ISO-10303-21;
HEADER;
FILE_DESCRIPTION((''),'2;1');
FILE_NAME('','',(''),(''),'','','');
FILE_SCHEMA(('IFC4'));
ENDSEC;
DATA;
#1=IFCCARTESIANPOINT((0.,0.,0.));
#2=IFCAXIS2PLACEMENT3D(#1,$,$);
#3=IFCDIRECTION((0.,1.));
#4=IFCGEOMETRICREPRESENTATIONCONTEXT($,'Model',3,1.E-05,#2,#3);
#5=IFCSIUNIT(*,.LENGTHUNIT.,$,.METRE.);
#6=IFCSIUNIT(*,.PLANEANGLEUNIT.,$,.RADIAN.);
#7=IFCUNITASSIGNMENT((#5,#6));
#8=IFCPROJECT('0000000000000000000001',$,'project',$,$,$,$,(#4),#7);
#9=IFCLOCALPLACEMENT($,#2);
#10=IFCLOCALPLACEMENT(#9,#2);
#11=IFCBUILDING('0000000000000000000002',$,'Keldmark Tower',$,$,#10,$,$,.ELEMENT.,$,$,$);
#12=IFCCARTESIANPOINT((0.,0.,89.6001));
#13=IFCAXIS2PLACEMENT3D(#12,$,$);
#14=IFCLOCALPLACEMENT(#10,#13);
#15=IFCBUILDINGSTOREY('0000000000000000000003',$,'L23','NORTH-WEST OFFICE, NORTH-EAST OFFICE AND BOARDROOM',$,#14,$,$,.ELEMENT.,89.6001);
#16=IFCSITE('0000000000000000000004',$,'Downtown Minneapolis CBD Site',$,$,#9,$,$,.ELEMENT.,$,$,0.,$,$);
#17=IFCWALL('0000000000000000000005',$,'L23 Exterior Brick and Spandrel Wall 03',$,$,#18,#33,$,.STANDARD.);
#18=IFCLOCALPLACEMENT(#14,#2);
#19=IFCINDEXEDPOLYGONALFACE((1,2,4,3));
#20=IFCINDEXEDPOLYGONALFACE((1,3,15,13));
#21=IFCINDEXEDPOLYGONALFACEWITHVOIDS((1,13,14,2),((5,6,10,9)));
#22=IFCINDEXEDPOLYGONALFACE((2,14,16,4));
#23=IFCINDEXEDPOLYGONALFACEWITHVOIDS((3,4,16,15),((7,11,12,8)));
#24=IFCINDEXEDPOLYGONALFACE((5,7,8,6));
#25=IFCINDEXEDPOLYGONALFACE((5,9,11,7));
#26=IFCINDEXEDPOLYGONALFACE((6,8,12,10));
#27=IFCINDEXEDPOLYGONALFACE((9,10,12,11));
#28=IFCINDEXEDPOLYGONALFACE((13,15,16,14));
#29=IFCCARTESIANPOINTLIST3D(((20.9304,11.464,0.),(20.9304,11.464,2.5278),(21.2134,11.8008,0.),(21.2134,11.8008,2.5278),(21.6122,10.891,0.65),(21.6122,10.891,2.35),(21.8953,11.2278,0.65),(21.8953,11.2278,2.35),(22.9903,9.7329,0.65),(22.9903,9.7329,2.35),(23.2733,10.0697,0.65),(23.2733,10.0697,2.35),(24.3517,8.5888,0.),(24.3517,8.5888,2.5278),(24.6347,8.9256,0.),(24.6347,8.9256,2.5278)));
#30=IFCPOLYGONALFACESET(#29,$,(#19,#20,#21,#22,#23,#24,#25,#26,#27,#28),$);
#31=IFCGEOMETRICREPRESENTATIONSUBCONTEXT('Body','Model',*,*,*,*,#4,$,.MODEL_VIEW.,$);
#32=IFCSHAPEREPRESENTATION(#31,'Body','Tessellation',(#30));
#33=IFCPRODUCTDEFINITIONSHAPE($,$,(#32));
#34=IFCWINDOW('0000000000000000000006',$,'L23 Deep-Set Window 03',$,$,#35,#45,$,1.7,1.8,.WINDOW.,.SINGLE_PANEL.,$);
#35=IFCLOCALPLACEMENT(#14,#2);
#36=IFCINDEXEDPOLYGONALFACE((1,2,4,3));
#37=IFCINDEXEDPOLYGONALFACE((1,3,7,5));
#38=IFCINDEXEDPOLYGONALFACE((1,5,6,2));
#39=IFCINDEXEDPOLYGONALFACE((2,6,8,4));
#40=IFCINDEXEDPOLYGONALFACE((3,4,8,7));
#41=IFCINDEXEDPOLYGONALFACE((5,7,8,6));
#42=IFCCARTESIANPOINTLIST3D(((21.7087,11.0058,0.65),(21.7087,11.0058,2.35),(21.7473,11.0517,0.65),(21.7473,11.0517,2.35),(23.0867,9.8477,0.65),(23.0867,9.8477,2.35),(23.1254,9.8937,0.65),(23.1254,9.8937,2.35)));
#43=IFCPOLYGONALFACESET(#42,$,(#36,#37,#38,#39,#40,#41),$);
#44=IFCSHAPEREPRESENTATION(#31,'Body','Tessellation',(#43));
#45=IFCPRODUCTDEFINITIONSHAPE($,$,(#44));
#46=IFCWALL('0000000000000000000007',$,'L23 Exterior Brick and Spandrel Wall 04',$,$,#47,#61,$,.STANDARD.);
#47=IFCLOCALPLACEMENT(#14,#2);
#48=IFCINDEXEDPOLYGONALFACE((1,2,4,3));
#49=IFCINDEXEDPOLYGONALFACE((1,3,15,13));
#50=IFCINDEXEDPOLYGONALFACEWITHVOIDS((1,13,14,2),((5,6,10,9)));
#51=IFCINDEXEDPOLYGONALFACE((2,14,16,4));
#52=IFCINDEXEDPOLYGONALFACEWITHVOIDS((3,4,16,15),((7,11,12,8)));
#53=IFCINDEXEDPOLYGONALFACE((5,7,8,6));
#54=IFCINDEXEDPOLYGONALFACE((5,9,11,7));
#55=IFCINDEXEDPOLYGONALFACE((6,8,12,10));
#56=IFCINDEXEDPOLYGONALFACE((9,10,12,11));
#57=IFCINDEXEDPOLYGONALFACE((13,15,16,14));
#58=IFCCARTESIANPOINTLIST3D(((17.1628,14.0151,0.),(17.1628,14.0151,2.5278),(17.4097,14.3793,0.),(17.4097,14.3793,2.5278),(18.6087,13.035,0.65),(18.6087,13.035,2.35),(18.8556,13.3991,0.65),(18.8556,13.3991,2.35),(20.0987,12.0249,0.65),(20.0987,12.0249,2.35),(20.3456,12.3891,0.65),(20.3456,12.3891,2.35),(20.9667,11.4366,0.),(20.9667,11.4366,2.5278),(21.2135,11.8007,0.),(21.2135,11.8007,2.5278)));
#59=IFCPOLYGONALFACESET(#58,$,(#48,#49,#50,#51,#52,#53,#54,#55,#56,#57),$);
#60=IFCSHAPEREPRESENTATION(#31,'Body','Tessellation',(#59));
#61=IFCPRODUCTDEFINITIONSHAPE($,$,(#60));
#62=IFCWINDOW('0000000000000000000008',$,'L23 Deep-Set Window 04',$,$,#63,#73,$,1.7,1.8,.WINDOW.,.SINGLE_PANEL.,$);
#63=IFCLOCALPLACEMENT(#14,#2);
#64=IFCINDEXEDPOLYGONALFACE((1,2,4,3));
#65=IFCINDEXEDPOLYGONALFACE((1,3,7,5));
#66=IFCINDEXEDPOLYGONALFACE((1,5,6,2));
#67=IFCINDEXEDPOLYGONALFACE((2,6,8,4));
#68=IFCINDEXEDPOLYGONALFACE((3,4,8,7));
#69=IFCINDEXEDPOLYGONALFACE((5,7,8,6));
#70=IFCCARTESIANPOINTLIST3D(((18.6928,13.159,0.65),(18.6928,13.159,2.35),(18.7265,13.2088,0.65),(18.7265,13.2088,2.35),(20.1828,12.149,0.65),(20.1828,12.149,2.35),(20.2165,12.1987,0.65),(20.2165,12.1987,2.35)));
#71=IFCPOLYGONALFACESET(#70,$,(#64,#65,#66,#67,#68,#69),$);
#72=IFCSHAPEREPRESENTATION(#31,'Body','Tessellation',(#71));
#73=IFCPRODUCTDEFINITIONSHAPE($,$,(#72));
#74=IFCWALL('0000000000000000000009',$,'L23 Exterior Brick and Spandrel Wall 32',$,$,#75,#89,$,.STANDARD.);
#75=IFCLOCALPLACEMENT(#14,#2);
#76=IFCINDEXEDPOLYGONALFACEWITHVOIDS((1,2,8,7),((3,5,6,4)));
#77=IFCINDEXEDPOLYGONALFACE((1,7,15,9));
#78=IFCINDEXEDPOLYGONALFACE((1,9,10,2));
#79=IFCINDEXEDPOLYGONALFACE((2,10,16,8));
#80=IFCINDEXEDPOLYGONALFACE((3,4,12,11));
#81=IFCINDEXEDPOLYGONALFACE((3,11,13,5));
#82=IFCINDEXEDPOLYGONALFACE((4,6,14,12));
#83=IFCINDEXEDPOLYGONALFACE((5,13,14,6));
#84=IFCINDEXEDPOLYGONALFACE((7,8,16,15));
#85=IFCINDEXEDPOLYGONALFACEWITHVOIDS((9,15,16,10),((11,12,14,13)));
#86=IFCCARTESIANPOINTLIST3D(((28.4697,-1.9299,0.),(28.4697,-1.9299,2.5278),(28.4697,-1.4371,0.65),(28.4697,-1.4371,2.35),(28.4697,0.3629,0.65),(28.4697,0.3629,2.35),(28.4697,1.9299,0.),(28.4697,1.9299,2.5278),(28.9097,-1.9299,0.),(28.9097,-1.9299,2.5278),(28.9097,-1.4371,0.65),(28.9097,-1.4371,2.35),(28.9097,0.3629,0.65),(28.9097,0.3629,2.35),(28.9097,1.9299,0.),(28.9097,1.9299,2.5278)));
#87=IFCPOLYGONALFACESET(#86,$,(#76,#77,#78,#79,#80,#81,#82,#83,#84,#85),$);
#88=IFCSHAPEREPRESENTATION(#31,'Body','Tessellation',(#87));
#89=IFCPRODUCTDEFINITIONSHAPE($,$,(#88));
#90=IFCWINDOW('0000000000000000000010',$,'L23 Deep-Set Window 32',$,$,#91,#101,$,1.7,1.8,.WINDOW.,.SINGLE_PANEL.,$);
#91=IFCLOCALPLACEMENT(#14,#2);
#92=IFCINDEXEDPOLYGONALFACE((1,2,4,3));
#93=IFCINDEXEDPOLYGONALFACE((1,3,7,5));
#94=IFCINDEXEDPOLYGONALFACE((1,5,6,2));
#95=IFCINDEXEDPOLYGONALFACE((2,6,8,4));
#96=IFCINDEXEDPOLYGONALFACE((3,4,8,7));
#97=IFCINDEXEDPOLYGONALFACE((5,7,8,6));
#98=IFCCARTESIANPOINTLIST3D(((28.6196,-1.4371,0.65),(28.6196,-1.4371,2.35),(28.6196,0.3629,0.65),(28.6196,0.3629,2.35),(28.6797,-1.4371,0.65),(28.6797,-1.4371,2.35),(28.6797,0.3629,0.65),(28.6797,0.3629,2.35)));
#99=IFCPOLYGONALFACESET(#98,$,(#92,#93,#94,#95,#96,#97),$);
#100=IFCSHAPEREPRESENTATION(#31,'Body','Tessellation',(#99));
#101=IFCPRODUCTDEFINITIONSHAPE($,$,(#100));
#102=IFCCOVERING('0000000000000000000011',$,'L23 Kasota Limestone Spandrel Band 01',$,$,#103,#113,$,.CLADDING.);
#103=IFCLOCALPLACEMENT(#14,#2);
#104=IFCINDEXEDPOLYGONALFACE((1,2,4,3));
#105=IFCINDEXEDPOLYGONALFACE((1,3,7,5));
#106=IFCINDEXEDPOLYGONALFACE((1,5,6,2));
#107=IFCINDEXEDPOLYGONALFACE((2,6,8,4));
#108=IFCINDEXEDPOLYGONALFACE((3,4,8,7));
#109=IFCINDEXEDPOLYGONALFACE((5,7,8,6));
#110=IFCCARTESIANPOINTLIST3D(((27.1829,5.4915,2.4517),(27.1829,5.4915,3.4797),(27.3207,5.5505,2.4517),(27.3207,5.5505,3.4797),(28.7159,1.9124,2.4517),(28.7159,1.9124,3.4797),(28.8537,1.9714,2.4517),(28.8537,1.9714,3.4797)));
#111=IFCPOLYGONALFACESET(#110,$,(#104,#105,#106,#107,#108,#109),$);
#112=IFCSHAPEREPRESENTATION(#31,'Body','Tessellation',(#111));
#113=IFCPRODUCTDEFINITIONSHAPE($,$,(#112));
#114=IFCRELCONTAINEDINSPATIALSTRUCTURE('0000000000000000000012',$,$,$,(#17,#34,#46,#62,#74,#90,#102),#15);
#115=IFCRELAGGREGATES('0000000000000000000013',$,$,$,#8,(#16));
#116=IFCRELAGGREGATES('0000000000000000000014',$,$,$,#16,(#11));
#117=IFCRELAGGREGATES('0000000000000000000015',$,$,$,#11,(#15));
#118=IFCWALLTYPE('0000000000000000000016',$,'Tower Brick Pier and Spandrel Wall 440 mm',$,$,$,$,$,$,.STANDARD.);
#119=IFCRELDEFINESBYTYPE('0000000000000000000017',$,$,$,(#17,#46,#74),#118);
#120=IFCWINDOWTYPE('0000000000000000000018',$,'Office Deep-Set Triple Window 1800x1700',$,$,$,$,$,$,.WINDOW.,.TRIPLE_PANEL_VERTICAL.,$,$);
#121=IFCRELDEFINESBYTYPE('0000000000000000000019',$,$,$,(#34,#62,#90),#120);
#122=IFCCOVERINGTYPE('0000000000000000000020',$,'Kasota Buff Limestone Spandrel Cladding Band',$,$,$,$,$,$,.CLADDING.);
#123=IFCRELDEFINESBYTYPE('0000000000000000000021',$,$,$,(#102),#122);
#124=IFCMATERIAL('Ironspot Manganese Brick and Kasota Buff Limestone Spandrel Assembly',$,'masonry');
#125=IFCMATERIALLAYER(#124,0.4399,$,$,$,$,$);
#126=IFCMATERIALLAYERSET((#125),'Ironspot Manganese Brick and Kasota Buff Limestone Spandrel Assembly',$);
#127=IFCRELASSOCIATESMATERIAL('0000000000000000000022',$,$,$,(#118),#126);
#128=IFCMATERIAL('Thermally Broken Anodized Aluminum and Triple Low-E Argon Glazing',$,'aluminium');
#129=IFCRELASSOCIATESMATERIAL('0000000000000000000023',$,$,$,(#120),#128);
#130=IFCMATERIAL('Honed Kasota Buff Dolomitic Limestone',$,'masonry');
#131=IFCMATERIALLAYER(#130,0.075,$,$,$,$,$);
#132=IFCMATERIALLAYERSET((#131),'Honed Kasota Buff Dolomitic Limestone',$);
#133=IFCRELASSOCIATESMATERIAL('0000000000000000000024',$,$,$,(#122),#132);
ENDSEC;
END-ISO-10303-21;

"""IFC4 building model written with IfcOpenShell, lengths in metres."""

from ifc_helpers import new_model, si_unit, direction, frame, frame_2d, origin, origin_2d, place, context, subcontext, project, spatial, rectangle, extrude, material, layer, layer_set, type_object, element, fill, save


model = new_model("IFC4")

# Units and contexts
model_context = context("Model", 3, precision=1e-05, world=origin(), true_north=direction((0.0, 1.0)))
body_context = subcontext(model_context, "Body", "Model", "MODEL_VIEW")
ifc_project = project(units=[si_unit("LENGTHUNIT", "METRE"), si_unit("PLANEANGLEUNIT", "RADIAN")], contexts=[model_context])

# Site, building, storey
site_placement = place(None, origin())
site = spatial("IfcSite", under=ifc_project, at=site_placement, Name="Downtown Minneapolis CBD Site", CompositionType="ELEMENT", RefElevation=0.0)
building_placement = place(site_placement, origin())
building = spatial("IfcBuilding", under=site, at=building_placement, Name="Keldmark Tower", CompositionType="ELEMENT")
storey_placement = place(building_placement, frame((0.0, 0.0, 89.6001)))
storey = spatial("IfcBuildingStorey", under=building, at=storey_placement, Name="L23", Description="NORTH-WEST OFFICE, NORTH-EAST OFFICE AND BOARDROOM", CompositionType="ELEMENT", Elevation=89.6001)

# Walls, openings, windows
ifc_material_1 = material(Name="Ironspot Manganese Brick and Kasota Buff Limestone Spandrel Assembly", Category="masonry")
ifc_layer_1 = layer(ifc_material_1, 0.4399)
ifc_layer_set_1 = layer_set([ifc_layer_1], Name="Ironspot Manganese Brick and Kasota Buff Limestone Spandrel Assembly")
wall_type = type_object("IfcWallType", Name="Tower Brick Pier and Spandrel Wall 440 mm", PredefinedType="STANDARD", material=ifc_layer_set_1)
ifc_material_2 = material(Name="Thermally Broken Anodized Aluminum and Triple Low-E Argon Glazing", Category="aluminium")
window_type_1 = type_object("IfcWindowType", Name="Office Deep-Set Triple Window 1800x1700", PartitioningType="TRIPLE_PANEL_VERTICAL", PredefinedType="WINDOW", material=ifc_material_2)
wall_1_placement = place(storey_placement, frame((21.072, 11.6323, 0.0), z_axis=(0.0, 0.0, 1.0), x_axis=(0.765564, -0.64336, 0.0)))
wall_1 = element("IfcWall", 1, at=wall_1_placement, inside=storey, type_object=wall_type, Name="L23 Exterior Brick and Spandrel Wall 03", PredefinedType="STANDARD", context=body_context, shape_type="SweptSolid", body=[
    extrude(rectangle(XDim=4.469, YDim=0.4399, at=frame_2d((2.2344, 0.0))), origin(), (0.0, 0.0, 1.0), 2.5278),
])
opening_1_placement = place(wall_1_placement, frame((0.8906, 0.0, 0.6499)))
opening_1 = element("IfcOpeningElement", 2, at=opening_1_placement, cuts=wall_1, PredefinedType="OPENING", context=body_context, shape_type="SweptSolid", body=[
    extrude(rectangle(XDim=1.8, YDim=1.7, at=frame_2d((0.8999, 0.8501))), frame((0.0, 0.23, 0.0), z_axis=(0.0, -1.0, 0.0), x_axis=(1.0, 0.0, 0.0)), (0.0, 0.0, 1.0), 0.46),
])
window_1_placement = place(opening_1_placement, origin())
window_1 = element("IfcWindow", 3, at=window_1_placement, inside=storey, type_object=window_type_1, Name="L23 Deep-Set Window 03", OverallHeight=1.7, OverallWidth=1.8, PartitioningType="SINGLE_PANEL", PredefinedType="WINDOW", context=body_context, shape_type="SweptSolid", body=[
    extrude(rectangle(XDim=1.8, YDim=1.7, at=frame_2d((0.8999, 0.8501))), frame((0.0, -0.01, 0.0), z_axis=(0.0, -1.0, 0.0), x_axis=(1.0, 0.0, 0.0)), (0.0, 0.0, 1.0), 0.0601),
])
fill(opening_1, window_1)
wall_2_placement = place(storey_placement, frame((17.2861, 14.1973, 0.0), z_axis=(0.0, 0.0, 1.0), x_axis=(0.827743, -0.561108, 0.0)))
wall_2 = element("IfcWall", 4, at=wall_2_placement, inside=storey, type_object=wall_type, Name="L23 Exterior Brick and Spandrel Wall 04", PredefinedType="STANDARD", context=body_context, shape_type="SweptSolid", body=[
    extrude(rectangle(XDim=4.5955, YDim=0.4399, at=frame_2d((2.2979, 0.0))), origin(), (0.0, 0.0, 1.0), 2.5278),
])
opening_2_placement = place(wall_2_placement, frame((1.7471, 0.0, 0.6499)))
opening_2 = element("IfcOpeningElement", 5, at=opening_2_placement, cuts=wall_2, PredefinedType="OPENING", context=body_context, shape_type="SweptSolid", body=[
    extrude(rectangle(XDim=1.8, YDim=1.7, at=frame_2d((0.8999, 0.8501))), frame((0.0, 0.23, 0.0), z_axis=(0.0, -1.0, 0.0), x_axis=(1.0, 0.0, 0.0)), (0.0, 0.0, 1.0), 0.46),
])
window_2_placement = place(opening_2_placement, origin())
window_2 = element("IfcWindow", 6, at=window_2_placement, inside=storey, type_object=window_type_1, Name="L23 Deep-Set Window 04", OverallHeight=1.7, OverallWidth=1.8, PartitioningType="SINGLE_PANEL", PredefinedType="WINDOW", context=body_context, shape_type="SweptSolid", body=[
    extrude(rectangle(XDim=1.8, YDim=1.7, at=frame_2d((0.8999, 0.8501))), frame((0.0, -0.01, 0.0), z_axis=(0.0, -1.0, 0.0), x_axis=(1.0, 0.0, 0.0)), (0.0, 0.0, 1.0), 0.0601),
])
fill(opening_2, window_2)
wall_3_placement = place(storey_placement, frame((28.6897, 1.9299, 0.0), z_axis=(0.0, 0.0, 1.0), x_axis=(0.0, -1.0, 0.0)))
wall_3 = element("IfcWall", 7, at=wall_3_placement, inside=storey, type_object=wall_type, Name="L23 Exterior Brick and Spandrel Wall 32", PredefinedType="STANDARD", context=body_context, shape_type="SweptSolid", body=[
    extrude(rectangle(XDim=3.8599, YDim=0.4399, at=frame_2d((1.9299, 0.0))), origin(), (0.0, 0.0, 1.0), 2.5278),
])
opening_3_placement = place(wall_3_placement, frame((1.5671, 0.0, 0.6499)))
opening_3 = element("IfcOpeningElement", 8, at=opening_3_placement, cuts=wall_3, PredefinedType="OPENING", context=body_context, shape_type="SweptSolid", body=[
    extrude(rectangle(XDim=1.8, YDim=1.7, at=frame_2d((0.8999, 0.8501))), frame((0.0, 0.23, 0.0), z_axis=(0.0, -1.0, 0.0), x_axis=(1.0, 0.0, 0.0)), (0.0, 0.0, 1.0), 0.46),
])
window_3_placement = place(opening_3_placement, origin())
window_3 = element("IfcWindow", 9, at=window_3_placement, inside=storey, type_object=window_type_1, Name="L23 Deep-Set Window 32", OverallHeight=1.7, OverallWidth=1.8, PartitioningType="SINGLE_PANEL", PredefinedType="WINDOW", context=body_context, shape_type="SweptSolid", body=[
    extrude(rectangle(XDim=1.8, YDim=1.7, at=frame_2d((0.8999, 0.8501))), frame((0.0, -0.01, 0.0), z_axis=(0.0, -1.0, 0.0), x_axis=(1.0, 0.0, 0.0)), (0.0, 0.0, 1.0), 0.0601),
])
fill(opening_3, window_3)

# Covering
ifc_material_3 = material(Name="Honed Kasota Buff Dolomitic Limestone", Category="masonry")
ifc_layer_2 = layer(ifc_material_3, 0.075)
ifc_layer_set_2 = layer_set([ifc_layer_2], Name="Honed Kasota Buff Dolomitic Limestone")
covering_type = type_object("IfcCoveringType", Name="Kasota Buff Limestone Spandrel Cladding Band", PredefinedType="CLADDING", material=ifc_layer_set_2)
covering_placement = place(storey_placement, frame((28.0183, 3.7314, 2.4517), z_axis=(0.0, 0.0, 1.0), x_axis=(-0.393717, 0.919232, 0.0)))
element("IfcCovering", 10, at=covering_placement, inside=storey, type_object=covering_type, Name="L23 Kasota Limestone Spandrel Band 01", PredefinedType="CLADDING", context=body_context, shape_type="SweptSolid", body=[
    extrude(rectangle(XDim=3.8936, YDim=0.1499, at=origin_2d()), origin(), (0.0, 0.0, 1.0), 1.0281),
])

save(model, "model.ifc")
